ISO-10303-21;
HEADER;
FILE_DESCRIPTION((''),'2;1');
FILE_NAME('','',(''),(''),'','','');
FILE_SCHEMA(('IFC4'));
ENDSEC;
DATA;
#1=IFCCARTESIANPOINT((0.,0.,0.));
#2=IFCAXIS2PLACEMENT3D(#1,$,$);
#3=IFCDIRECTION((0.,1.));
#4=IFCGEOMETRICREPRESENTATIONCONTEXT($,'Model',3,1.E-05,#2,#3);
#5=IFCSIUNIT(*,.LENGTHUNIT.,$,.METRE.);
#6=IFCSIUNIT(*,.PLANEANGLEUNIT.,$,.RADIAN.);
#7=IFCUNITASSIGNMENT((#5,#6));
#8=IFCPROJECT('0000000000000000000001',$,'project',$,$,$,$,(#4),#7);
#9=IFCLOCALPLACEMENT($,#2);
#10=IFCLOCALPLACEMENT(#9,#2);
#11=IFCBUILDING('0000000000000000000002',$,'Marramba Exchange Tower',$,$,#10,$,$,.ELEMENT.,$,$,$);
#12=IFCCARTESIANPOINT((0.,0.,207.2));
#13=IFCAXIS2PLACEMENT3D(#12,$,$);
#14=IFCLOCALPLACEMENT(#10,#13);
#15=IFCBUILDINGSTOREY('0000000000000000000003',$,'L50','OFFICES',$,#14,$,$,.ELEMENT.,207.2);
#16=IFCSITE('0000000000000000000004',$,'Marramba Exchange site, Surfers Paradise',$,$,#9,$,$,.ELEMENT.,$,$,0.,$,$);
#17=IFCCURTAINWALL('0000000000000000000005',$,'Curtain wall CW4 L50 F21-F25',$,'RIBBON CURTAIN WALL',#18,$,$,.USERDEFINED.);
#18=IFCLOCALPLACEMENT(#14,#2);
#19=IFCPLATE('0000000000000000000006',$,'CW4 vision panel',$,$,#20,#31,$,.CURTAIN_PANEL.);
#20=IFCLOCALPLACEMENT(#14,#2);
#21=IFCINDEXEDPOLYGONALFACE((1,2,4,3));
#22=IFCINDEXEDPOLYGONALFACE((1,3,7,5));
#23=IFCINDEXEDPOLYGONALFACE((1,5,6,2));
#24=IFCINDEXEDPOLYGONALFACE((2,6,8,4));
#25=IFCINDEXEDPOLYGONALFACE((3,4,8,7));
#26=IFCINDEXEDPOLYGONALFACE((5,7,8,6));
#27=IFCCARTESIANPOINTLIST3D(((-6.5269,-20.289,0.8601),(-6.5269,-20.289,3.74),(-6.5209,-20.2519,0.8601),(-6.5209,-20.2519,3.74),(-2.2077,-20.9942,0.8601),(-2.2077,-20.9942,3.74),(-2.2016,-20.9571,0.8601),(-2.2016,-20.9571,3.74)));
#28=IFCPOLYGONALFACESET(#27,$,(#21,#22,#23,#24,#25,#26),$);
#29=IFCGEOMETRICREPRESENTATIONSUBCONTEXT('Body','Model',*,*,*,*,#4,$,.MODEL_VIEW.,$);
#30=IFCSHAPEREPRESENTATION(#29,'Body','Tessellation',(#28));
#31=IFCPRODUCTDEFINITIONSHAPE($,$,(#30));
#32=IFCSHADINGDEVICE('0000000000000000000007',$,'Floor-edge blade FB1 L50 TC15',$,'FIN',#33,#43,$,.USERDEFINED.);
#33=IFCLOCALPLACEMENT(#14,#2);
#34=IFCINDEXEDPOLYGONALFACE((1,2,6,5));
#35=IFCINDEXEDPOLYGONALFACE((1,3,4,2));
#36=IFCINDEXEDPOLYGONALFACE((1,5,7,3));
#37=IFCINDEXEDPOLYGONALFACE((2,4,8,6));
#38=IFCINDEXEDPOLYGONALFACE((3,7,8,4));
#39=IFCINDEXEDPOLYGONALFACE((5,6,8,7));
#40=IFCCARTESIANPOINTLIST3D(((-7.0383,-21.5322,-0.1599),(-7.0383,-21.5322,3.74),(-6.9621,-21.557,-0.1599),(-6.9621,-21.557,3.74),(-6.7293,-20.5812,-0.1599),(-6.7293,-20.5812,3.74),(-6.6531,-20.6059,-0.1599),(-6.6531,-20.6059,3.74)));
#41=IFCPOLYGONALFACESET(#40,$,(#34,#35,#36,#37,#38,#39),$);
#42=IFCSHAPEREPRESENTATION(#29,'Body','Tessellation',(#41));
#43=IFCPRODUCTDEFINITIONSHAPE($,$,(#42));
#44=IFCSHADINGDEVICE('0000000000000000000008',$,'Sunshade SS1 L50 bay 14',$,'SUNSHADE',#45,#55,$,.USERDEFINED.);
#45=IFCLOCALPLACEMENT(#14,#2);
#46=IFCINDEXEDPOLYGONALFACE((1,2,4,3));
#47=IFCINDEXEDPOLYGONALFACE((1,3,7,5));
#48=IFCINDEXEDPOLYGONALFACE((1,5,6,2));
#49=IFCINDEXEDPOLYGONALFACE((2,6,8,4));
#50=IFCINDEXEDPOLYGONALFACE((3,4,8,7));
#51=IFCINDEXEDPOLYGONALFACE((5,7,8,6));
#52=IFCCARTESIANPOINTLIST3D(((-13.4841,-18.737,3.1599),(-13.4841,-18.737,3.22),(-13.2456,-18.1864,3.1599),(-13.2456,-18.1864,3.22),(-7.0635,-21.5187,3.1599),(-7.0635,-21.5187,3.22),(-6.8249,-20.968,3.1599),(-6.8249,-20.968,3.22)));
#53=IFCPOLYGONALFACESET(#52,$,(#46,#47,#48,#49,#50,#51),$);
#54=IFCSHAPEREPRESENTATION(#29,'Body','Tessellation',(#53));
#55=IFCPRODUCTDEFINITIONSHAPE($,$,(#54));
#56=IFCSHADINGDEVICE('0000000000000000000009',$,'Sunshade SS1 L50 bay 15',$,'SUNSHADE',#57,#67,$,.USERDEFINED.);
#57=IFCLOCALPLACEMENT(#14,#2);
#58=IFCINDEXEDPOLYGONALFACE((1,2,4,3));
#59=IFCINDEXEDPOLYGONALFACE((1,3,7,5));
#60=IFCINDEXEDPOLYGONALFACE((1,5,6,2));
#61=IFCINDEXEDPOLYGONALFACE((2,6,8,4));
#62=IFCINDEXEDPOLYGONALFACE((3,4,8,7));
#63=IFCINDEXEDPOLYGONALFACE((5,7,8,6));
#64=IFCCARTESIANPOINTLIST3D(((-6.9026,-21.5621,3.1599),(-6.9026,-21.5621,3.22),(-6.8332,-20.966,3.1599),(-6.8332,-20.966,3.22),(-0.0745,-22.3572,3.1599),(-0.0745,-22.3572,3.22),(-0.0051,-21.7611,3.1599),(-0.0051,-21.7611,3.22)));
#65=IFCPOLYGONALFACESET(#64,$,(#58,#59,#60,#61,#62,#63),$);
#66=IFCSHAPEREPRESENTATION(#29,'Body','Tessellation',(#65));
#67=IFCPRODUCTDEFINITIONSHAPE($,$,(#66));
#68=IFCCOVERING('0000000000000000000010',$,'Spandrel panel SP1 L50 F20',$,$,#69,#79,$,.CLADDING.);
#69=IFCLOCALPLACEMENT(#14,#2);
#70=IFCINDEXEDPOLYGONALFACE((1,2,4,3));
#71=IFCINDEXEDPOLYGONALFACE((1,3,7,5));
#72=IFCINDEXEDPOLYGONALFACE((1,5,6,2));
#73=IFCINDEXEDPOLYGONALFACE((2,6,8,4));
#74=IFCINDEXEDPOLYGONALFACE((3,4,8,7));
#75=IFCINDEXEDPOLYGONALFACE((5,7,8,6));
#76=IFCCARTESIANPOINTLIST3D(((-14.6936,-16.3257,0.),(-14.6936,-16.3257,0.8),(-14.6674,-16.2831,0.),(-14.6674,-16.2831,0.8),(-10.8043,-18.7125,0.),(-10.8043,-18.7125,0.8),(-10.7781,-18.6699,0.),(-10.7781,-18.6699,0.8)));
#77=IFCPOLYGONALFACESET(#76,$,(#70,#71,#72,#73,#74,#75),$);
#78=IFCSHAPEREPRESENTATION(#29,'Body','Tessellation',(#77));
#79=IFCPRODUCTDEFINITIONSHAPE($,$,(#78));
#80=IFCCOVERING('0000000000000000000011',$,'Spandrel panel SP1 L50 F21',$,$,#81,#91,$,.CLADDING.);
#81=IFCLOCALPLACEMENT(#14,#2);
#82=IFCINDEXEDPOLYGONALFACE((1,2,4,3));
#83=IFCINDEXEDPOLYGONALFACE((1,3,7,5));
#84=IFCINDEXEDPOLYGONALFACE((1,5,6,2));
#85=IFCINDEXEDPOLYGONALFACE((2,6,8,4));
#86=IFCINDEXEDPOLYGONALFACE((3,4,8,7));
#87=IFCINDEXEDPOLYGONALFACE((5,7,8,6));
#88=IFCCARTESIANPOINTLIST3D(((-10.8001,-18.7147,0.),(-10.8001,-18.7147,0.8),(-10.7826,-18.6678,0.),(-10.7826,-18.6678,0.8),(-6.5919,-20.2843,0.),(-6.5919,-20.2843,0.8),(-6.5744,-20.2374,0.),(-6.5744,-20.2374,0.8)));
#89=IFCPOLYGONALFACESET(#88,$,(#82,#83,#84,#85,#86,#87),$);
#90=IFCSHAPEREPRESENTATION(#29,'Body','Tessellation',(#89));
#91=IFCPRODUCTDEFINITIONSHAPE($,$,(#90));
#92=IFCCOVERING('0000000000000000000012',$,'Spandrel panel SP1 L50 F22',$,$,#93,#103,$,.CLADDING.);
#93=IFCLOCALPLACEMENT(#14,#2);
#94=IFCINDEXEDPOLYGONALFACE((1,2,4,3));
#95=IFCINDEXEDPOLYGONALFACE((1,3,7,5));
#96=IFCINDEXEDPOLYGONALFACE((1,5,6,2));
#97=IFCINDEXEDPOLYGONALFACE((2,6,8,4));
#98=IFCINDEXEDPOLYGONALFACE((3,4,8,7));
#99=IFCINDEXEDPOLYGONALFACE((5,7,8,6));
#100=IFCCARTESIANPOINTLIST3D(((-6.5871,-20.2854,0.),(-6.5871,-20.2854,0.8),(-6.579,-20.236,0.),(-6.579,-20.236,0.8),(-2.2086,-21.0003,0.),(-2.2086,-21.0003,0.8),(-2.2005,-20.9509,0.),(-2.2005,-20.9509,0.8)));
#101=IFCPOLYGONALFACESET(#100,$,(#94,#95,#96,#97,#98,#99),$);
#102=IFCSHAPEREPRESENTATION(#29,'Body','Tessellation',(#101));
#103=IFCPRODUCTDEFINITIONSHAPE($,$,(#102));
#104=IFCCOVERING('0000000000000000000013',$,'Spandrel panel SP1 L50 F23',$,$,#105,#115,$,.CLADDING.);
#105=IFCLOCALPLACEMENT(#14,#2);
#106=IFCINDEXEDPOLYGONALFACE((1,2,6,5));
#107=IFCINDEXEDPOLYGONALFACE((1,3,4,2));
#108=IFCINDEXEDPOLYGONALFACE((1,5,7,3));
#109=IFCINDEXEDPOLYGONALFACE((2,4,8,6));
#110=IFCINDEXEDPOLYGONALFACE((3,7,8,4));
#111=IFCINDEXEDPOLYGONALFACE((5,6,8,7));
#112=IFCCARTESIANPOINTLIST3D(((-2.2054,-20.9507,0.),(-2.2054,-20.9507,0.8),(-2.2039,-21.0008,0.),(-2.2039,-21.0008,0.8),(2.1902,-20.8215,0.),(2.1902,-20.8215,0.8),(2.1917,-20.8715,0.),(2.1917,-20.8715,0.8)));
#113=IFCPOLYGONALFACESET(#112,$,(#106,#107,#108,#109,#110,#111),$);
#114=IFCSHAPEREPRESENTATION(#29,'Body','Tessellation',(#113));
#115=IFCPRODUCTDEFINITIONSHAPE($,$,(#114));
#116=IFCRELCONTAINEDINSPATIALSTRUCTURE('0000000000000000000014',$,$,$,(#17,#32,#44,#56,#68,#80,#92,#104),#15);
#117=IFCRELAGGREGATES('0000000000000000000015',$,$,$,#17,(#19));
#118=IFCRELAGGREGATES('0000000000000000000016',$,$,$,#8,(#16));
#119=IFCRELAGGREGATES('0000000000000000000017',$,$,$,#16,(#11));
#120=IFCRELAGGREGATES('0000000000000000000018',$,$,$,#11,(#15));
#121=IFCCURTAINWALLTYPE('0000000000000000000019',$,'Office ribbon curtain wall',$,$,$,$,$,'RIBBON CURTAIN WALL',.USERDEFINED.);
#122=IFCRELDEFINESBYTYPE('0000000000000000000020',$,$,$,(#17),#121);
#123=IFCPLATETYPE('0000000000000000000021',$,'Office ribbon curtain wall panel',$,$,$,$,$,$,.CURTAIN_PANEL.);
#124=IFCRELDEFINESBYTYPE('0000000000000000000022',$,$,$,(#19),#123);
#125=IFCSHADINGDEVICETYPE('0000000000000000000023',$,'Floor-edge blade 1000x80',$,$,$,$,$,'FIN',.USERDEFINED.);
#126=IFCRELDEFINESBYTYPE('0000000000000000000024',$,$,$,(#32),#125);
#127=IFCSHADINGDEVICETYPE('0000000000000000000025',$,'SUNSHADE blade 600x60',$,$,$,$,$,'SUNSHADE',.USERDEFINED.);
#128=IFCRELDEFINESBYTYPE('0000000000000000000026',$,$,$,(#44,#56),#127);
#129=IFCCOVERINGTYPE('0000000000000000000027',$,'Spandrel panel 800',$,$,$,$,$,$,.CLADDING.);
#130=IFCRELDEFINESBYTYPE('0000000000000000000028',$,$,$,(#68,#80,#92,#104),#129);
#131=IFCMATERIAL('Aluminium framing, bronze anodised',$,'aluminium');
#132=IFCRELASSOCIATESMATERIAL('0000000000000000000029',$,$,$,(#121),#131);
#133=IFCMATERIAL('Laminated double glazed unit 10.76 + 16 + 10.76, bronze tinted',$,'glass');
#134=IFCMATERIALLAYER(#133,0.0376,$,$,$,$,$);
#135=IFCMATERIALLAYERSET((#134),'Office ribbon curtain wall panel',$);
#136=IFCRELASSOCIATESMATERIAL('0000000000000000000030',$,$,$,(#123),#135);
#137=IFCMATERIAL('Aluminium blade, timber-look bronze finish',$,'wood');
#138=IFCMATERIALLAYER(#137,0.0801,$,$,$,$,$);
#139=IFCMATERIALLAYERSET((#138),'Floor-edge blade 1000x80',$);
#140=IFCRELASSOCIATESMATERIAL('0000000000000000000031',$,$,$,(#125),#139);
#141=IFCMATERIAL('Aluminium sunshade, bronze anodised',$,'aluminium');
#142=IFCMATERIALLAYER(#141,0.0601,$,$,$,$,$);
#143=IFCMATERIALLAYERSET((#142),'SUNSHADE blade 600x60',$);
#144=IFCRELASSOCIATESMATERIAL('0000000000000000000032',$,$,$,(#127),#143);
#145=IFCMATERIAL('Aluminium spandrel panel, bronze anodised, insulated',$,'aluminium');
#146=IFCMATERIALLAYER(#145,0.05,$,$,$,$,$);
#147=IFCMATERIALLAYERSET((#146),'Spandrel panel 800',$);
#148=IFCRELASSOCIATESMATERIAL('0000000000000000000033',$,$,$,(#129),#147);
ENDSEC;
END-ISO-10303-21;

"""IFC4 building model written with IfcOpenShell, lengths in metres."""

from ifc_helpers import new_model, si_unit, direction, frame, origin, origin_2d, place, context, subcontext, project, spatial, rectangle, extrude, material, layer, layer_set, type_object, element, aggregate, save


model = new_model("IFC4")

# Units and contexts
model_context = context("Model", 3, precision=1e-05, world=origin(), true_north=direction((0.0, 1.0)))
body_context = subcontext(model_context, "Body", "Model", "MODEL_VIEW")
ifc_project = project(units=[si_unit("LENGTHUNIT", "METRE"), si_unit("PLANEANGLEUNIT", "RADIAN")], contexts=[model_context])

# Site, building, storey
site_placement = place(None, origin())
site = spatial("IfcSite", under=ifc_project, at=site_placement, Name="Marramba Exchange site, Surfers Paradise", CompositionType="ELEMENT", RefElevation=0.0)
building_placement = place(site_placement, origin())
building = spatial("IfcBuilding", under=site, at=building_placement, Name="Marramba Exchange Tower", CompositionType="ELEMENT")
storey_placement = place(building_placement, frame((0.0, 0.0, 207.2)))
storey = spatial("IfcBuildingStorey", under=building, at=storey_placement, Name="L50", Description="OFFICES", CompositionType="ELEMENT", Elevation=207.2)

# Curtain wall
ifc_material_1 = material(Name="Aluminium framing, bronze anodised", Category="aluminium")
curtain_wall_type = type_object("IfcCurtainWallType", Name="Office ribbon curtain wall", ElementType="RIBBON CURTAIN WALL", PredefinedType="USERDEFINED", material=ifc_material_1)
curtain_wall_1_placement = place(storey_placement, origin())
curtain_wall_1 = element("IfcCurtainWall", 1, at=curtain_wall_1_placement, inside=storey, type_object=curtain_wall_type, Name="Curtain wall CW4 L50 F21-F25", ObjectType="RIBBON CURTAIN WALL", PredefinedType="USERDEFINED")

# Shared definitions
ifc_material_2 = material(Name="Laminated double glazed unit 10.76 + 16 + 10.76, bronze tinted", Category="glass")
ifc_layer_1 = layer(ifc_material_2, 0.0376)
ifc_layer_set_1 = layer_set([ifc_layer_1], Name="Office ribbon curtain wall panel")
plate_type = type_object("IfcPlateType", Name="Office ribbon curtain wall panel", PredefinedType="CURTAIN_PANEL", material=ifc_layer_set_1)

# Plate
plate_1_placement = place(storey_placement, frame((-4.3643, -20.623, 0.8601), z_axis=(0.0, 0.0, 1.0), x_axis=(0.986931, -0.161146, 0.0)))
plate_1 = element("IfcPlate", 2, at=plate_1_placement, type_object=plate_type, Name="CW4 vision panel", PredefinedType="CURTAIN_PANEL", context=body_context, shape_type="SweptSolid", body=[
    extrude(rectangle(XDim=4.3765, YDim=0.0376, at=origin_2d()), origin(), (0.0, 0.0, 1.0), 2.8799),
])
aggregate(curtain_wall_1, [plate_1])

# Shading devices
ifc_material_3 = material(Name="Aluminium blade, timber-look bronze finish", Category="wood")
ifc_layer_2 = layer(ifc_material_3, 0.0801)
ifc_layer_set_2 = layer_set([ifc_layer_2], Name="Floor-edge blade 1000x80")
shading_device_type_1 = type_object("IfcShadingDeviceType", Name="Floor-edge blade 1000x80", ElementType="FIN", PredefinedType="USERDEFINED", material=ifc_layer_set_2)
shading_device_1_placement = place(storey_placement, frame((-6.8457, -21.0691, -0.1599), z_axis=(0.0, 0.0, 1.0), x_axis=(-0.309017, -0.951057, 0.0)))
element("IfcShadingDevice", 3, at=shading_device_1_placement, inside=storey, type_object=shading_device_type_1, Name="Floor-edge blade FB1 L50 TC15", ObjectType="FIN", PredefinedType="USERDEFINED", context=body_context, shape_type="SweptSolid", body=[
    extrude(rectangle(XDim=1.0, YDim=0.0801, at=origin_2d()), origin(), (0.0, 0.0, 1.0), 3.8999),
])
ifc_material_4 = material(Name="Aluminium sunshade, bronze anodised", Category="aluminium")
ifc_layer_3 = layer(ifc_material_4, 0.0601)
ifc_layer_set_3 = layer_set([ifc_layer_3], Name="SUNSHADE blade 600x60")
shading_device_type_2 = type_object("IfcShadingDeviceType", Name="SUNSHADE blade 600x60", ElementType="SUNSHADE", PredefinedType="USERDEFINED", material=ifc_layer_set_3)
shading_device_2_placement = place(storey_placement, frame((-10.1545, -19.8525, 3.1599), z_axis=(0.0, 0.0, 1.0), x_axis=(0.917589, -0.39753, 0.0)))
element("IfcShadingDevice", 4, at=shading_device_2_placement, inside=storey, type_object=shading_device_type_2, Name="Sunshade SS1 L50 bay 14", ObjectType="SUNSHADE", PredefinedType="USERDEFINED", context=body_context, shape_type="SweptSolid", body=[
    extrude(rectangle(XDim=6.9973, YDim=0.6001, at=origin_2d()), origin(), (0.0, 0.0, 1.0), 0.0601),
])
shading_device_3_placement = place(storey_placement, frame((-3.4539, -21.6616, 3.1599), z_axis=(0.0, 0.0, 1.0), x_axis=(0.993288, -0.115665, 0.0)))
element("IfcShadingDevice", 5, at=shading_device_3_placement, inside=storey, type_object=shading_device_type_2, Name="Sunshade SS1 L50 bay 15", ObjectType="SUNSHADE", PredefinedType="USERDEFINED", context=body_context, shape_type="SweptSolid", body=[
    extrude(rectangle(XDim=6.8743, YDim=0.6001, at=origin_2d()), origin(), (0.0, 0.0, 1.0), 0.0601),
])

# Coverings
ifc_material_5 = material(Name="Aluminium spandrel panel, bronze anodised, insulated", Category="aluminium")
ifc_layer_4 = layer(ifc_material_5, 0.05)
ifc_layer_set_4 = layer_set([ifc_layer_4], Name="Spandrel panel 800")
covering_type = type_object("IfcCoveringType", Name="Spandrel panel 800", PredefinedType="CLADDING", material=ifc_layer_set_4)
covering_1_placement = place(storey_placement, frame((-12.7358, -17.4978, 0.0), z_axis=(0.0, 0.0, 1.0), x_axis=(0.852301, -0.523052, 0.0)))
element("IfcCovering", 6, at=covering_1_placement, inside=storey, type_object=covering_type, Name="Spandrel panel SP1 L50 F20", PredefinedType="CLADDING", context=body_context, shape_type="SweptSolid", body=[
    extrude(rectangle(XDim=4.5632, YDim=0.05, at=origin_2d()), origin(), (0.0, 0.0, 1.0), 0.8),
])
covering_2_placement = place(storey_placement, frame((-8.6873, -19.4761, 0.0), z_axis=(0.0, 0.0, 1.0), x_axis=(0.936952, -0.349459, 0.0)))
element("IfcCovering", 7, at=covering_2_placement, inside=storey, type_object=covering_type, Name="Spandrel panel SP1 L50 F21", PredefinedType="CLADDING", context=body_context, shape_type="SweptSolid", body=[
    extrude(rectangle(XDim=4.4915, YDim=0.05, at=origin_2d()), origin(), (0.0, 0.0, 1.0), 0.8),
])
covering_3_placement = place(storey_placement, frame((-4.3938, -20.6182, 0.0), z_axis=(0.0, 0.0, 1.0), x_axis=(0.986931, -0.161146, 0.0)))
element("IfcCovering", 8, at=covering_3_placement, inside=storey, type_object=covering_type, Name="Spandrel panel SP1 L50 F22", PredefinedType="CLADDING", context=body_context, shape_type="SweptSolid", body=[
    extrude(rectangle(XDim=4.4365, YDim=0.05, at=origin_2d()), origin(), (0.0, 0.0, 1.0), 0.8),
])
covering_4_placement = place(storey_placement, frame((-0.0068, -20.9111, 0.0), z_axis=(0.0, 0.0, 1.0), x_axis=(0.999568, 0.029393, 0.0)))
element("IfcCovering", 9, at=covering_4_placement, inside=storey, type_object=covering_type, Name="Spandrel panel SP1 L50 F23", PredefinedType="CLADDING", context=body_context, shape_type="SweptSolid", body=[
    extrude(rectangle(XDim=4.3975, YDim=0.05, at=origin_2d()), origin(), (0.0, 0.0, 1.0), 0.8),
])

save(model, "model.ifc")
